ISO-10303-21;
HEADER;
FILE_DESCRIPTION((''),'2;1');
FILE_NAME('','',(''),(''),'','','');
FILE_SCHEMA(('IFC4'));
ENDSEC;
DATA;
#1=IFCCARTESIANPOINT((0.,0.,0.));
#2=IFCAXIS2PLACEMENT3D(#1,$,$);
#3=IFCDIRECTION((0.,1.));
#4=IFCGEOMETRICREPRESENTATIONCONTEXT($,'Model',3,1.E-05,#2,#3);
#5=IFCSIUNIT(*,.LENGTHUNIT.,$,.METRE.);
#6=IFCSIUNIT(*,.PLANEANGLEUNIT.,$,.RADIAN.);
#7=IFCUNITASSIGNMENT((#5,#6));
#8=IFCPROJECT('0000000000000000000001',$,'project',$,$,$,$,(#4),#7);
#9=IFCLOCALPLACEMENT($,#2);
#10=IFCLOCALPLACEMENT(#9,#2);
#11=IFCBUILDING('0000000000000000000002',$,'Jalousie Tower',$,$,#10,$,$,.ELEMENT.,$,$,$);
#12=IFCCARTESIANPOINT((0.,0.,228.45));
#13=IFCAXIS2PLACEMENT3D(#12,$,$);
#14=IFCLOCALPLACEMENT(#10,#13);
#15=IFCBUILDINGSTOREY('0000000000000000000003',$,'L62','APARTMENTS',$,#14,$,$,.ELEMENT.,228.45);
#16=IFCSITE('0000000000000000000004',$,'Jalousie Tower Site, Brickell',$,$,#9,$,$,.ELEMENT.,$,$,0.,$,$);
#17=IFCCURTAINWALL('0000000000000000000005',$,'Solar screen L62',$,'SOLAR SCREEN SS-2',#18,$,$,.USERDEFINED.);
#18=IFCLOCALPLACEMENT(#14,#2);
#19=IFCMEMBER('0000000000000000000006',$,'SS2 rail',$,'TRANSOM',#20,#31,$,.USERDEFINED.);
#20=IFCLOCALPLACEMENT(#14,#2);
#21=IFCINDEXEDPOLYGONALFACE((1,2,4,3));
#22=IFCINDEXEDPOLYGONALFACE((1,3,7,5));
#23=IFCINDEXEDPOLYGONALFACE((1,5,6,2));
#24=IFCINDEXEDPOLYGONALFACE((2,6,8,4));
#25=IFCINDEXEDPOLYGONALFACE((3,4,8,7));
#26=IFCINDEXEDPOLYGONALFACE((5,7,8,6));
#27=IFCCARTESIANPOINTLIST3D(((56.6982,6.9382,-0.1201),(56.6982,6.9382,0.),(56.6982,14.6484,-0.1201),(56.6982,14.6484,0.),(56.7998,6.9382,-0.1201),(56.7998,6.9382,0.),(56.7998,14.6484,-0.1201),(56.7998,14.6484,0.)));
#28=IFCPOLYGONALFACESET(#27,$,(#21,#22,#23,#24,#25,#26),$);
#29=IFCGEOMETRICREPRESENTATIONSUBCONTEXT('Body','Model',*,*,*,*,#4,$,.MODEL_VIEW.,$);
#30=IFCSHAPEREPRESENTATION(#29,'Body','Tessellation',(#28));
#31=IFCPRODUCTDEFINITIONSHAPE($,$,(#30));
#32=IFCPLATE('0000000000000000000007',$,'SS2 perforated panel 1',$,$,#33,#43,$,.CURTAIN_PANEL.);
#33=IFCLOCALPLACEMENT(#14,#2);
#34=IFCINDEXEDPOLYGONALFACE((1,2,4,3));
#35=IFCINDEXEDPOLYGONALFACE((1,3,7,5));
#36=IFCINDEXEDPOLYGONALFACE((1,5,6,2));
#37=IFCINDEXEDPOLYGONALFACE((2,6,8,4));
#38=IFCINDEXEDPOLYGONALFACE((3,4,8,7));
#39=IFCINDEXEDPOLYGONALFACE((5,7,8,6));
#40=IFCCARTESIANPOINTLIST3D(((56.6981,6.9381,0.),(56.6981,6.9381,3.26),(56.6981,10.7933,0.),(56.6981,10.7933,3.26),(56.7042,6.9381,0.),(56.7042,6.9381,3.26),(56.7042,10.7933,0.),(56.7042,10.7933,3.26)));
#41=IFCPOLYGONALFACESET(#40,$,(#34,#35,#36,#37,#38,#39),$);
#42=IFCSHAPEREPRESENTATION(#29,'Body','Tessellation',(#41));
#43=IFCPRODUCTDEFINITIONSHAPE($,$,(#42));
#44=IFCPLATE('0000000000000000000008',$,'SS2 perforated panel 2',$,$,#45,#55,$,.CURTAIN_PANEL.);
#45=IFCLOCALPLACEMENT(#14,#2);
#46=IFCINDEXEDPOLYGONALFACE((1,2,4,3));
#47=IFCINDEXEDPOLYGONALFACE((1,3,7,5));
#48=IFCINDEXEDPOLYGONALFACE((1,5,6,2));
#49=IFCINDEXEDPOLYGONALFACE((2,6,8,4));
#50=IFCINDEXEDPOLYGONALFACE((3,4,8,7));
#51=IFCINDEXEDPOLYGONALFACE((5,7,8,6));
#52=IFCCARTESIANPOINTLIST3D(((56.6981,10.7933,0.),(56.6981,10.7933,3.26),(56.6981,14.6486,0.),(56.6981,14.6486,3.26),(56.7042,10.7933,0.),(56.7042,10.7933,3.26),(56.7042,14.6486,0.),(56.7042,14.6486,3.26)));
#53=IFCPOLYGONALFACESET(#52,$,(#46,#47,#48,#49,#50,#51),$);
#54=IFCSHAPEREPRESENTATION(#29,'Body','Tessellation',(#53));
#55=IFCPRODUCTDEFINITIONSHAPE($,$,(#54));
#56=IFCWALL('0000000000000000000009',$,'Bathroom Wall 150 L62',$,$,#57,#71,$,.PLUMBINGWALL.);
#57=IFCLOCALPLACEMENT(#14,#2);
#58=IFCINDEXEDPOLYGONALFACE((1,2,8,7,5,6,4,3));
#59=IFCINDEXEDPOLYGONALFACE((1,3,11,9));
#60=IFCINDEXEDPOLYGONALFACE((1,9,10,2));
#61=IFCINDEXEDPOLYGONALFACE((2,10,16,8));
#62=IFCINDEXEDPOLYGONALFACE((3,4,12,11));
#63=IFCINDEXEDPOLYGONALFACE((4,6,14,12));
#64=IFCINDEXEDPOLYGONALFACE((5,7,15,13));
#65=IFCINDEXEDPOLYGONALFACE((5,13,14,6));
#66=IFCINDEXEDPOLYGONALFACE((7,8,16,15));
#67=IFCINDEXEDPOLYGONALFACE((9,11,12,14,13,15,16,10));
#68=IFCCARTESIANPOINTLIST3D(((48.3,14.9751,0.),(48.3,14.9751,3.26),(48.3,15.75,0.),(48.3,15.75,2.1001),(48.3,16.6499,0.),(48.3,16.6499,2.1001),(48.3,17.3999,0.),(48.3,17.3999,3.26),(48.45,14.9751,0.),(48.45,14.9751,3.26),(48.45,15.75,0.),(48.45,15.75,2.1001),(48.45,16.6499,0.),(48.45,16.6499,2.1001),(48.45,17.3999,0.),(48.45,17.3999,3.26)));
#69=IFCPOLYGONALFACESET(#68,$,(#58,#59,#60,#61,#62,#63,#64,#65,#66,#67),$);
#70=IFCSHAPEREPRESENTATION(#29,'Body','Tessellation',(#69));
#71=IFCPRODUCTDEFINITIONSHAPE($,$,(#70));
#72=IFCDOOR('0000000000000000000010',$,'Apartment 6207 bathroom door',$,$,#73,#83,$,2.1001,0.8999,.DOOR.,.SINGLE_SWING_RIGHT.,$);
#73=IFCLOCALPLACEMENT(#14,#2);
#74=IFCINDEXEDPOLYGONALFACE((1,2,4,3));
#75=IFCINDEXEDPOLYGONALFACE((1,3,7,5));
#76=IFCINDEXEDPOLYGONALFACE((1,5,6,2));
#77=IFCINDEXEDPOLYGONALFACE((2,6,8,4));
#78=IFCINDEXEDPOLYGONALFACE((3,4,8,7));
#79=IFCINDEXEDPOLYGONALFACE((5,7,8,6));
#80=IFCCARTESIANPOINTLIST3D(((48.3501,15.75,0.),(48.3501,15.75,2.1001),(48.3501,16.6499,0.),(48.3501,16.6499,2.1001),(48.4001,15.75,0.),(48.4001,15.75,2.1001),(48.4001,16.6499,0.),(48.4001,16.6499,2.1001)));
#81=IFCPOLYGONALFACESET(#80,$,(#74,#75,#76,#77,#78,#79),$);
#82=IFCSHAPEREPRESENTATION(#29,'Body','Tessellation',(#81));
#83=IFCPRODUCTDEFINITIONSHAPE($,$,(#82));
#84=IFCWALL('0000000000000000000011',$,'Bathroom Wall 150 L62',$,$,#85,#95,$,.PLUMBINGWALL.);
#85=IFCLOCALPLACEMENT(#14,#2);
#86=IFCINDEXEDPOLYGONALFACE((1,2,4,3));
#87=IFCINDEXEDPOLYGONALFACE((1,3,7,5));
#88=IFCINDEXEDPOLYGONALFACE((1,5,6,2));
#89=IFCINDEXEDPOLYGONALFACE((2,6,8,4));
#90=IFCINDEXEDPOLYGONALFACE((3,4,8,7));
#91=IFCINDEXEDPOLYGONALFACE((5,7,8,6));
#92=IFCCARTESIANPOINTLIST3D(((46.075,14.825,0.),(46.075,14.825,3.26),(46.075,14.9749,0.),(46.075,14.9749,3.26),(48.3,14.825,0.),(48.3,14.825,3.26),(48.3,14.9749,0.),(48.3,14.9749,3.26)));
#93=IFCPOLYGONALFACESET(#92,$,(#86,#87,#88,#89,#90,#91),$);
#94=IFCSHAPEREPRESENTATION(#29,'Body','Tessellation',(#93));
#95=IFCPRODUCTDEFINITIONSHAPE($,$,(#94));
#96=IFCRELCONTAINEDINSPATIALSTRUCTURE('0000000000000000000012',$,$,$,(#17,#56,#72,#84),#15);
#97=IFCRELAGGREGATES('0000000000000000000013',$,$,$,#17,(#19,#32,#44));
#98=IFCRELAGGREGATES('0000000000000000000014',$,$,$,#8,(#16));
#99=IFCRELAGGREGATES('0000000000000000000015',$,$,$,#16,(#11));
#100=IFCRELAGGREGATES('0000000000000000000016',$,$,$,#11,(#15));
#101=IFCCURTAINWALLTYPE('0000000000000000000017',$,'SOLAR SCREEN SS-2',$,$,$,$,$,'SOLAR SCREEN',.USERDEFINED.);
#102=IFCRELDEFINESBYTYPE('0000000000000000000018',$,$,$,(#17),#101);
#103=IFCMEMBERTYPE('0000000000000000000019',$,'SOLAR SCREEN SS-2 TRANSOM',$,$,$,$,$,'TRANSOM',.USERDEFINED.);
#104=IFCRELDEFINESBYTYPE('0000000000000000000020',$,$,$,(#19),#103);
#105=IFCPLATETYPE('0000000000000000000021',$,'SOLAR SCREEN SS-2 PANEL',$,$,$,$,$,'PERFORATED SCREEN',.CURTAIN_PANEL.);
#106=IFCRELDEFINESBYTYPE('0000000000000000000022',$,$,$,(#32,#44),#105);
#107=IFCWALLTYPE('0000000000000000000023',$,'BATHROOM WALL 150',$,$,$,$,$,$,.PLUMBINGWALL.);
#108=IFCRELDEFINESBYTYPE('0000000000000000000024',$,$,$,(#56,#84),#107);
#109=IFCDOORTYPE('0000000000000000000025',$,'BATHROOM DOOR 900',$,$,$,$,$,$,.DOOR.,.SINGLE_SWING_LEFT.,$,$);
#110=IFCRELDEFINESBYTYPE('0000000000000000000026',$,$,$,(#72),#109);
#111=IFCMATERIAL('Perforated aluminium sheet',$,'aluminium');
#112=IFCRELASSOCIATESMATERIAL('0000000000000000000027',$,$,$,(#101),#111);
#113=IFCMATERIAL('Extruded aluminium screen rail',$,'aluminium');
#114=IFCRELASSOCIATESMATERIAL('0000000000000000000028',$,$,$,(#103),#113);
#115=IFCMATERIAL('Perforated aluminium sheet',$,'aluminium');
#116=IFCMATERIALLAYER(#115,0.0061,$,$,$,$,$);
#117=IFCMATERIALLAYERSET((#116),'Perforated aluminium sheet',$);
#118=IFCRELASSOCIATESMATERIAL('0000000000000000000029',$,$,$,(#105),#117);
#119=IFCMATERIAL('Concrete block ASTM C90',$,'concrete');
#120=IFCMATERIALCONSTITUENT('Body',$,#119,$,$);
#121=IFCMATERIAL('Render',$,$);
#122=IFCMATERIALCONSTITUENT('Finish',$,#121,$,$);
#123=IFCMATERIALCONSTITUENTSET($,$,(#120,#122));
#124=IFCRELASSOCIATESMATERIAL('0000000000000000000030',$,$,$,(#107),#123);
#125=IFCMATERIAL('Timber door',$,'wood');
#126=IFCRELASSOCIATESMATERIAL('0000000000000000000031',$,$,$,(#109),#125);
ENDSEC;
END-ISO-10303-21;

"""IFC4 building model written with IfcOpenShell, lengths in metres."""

from ifc_helpers import new_model, si_unit, direction, frame, frame_2d, origin, origin_2d, place, context, subcontext, project, spatial, rectangle, extrude, material, layer, layer_set, constituent, constituent_set, material_profile, profile_set, type_object, element, fill, aggregate, save


model = new_model("IFC4")

# Units and contexts
model_context = context("Model", 3, precision=1e-05, world=origin(), true_north=direction((0.0, 1.0)))
body_context = subcontext(model_context, "Body", "Model", "MODEL_VIEW")
ifc_project = project(units=[si_unit("LENGTHUNIT", "METRE"), si_unit("PLANEANGLEUNIT", "RADIAN")], contexts=[model_context])

# Site, building, storey
site_placement = place(None, origin())
site = spatial("IfcSite", under=ifc_project, at=site_placement, Name="Jalousie Tower Site, Brickell", CompositionType="ELEMENT", RefElevation=0.0)
building_placement = place(site_placement, origin())
building = spatial("IfcBuilding", under=site, at=building_placement, Name="Jalousie Tower", CompositionType="ELEMENT")
storey_placement = place(building_placement, frame((0.0, 0.0, 228.45)))
storey = spatial("IfcBuildingStorey", under=building, at=storey_placement, Name="L62", Description="APARTMENTS", CompositionType="ELEMENT", Elevation=228.45)

# Curtain wall, member, plates
ifc_material_1 = material(Name="Perforated aluminium sheet", Category="aluminium")
curtain_wall_type_1 = type_object("IfcCurtainWallType", Name="SOLAR SCREEN SS-2", ElementType="SOLAR SCREEN", PredefinedType="USERDEFINED", material=ifc_material_1)
curtain_wall_1_placement = place(storey_placement, origin())
curtain_wall_1 = element("IfcCurtainWall", 1, at=curtain_wall_1_placement, inside=storey, type_object=curtain_wall_type_1, Name="Solar screen L62", ObjectType="SOLAR SCREEN SS-2", PredefinedType="USERDEFINED")
ifc_material_2 = material(Name="Extruded aluminium screen rail", Category="aluminium")
ifc_material_profile_1 = material_profile(ifc_material_2, rectangle(XDim=0.1016, YDim=0.1201, at=origin_2d()), Name="RAIL 102x120")
ifc_profile_set_1 = profile_set([ifc_material_profile_1], Name="Extruded aluminium screen rail")
member_type_1 = type_object("IfcMemberType", Name="SOLAR SCREEN SS-2 TRANSOM", ElementType="TRANSOM", PredefinedType="USERDEFINED", material=ifc_profile_set_1)
member_1_placement = place(storey_placement, frame((56.749, 6.9382, -0.0601), z_axis=(0.0, 1.0, 0.0), x_axis=(-1.0, 0.0, 0.0)))
member_1 = element("IfcMember", 2, at=member_1_placement, type_object=member_type_1, Name="SS2 rail", ObjectType="TRANSOM", PredefinedType="USERDEFINED", context=body_context, shape_type="SweptSolid", body=[
    extrude(rectangle(XDim=0.1016, YDim=0.1201, at=origin_2d()), origin(), (0.0, 0.0, 1.0), 7.7102),
])
ifc_material_3 = material(Name="Perforated aluminium sheet", Category="aluminium")
ifc_layer_1 = layer(ifc_material_3, 0.0061)
ifc_layer_set_1 = layer_set([ifc_layer_1], Name="Perforated aluminium sheet")
plate_type = type_object("IfcPlateType", Name="SOLAR SCREEN SS-2 PANEL", ElementType="PERFORATED SCREEN", PredefinedType="CURTAIN_PANEL", material=ifc_layer_set_1)
plate_1_placement = place(storey_placement, frame((56.7012, 8.8657, 0.0), z_axis=(0.0, 0.0, 1.0), x_axis=(0.0, 1.0, 0.0)))
plate_1 = element("IfcPlate", 3, at=plate_1_placement, type_object=plate_type, Name="SS2 perforated panel 1", PredefinedType="CURTAIN_PANEL", context=body_context, shape_type="SweptSolid", body=[
    extrude(rectangle(XDim=3.8552, YDim=0.0061, at=origin_2d()), origin(), (0.0, 0.0, 1.0), 3.26),
])
plate_2_placement = place(storey_placement, frame((56.7012, 12.7209, 0.0), z_axis=(0.0, 0.0, 1.0), x_axis=(0.0, 1.0, 0.0)))
plate_2 = element("IfcPlate", 4, at=plate_2_placement, type_object=plate_type, Name="SS2 perforated panel 2", PredefinedType="CURTAIN_PANEL", context=body_context, shape_type="SweptSolid", body=[
    extrude(rectangle(XDim=3.8552, YDim=0.0061, at=origin_2d()), origin(), (0.0, 0.0, 1.0), 3.26),
])
aggregate(curtain_wall_1, [member_1, plate_1, plate_2])

# Wall, opening, door
ifc_material_4 = material(Name="Concrete block ASTM C90", Category="concrete")
ifc_constituent_1 = constituent(ifc_material_4, Name="Body")
ifc_material_5 = material(Name="Render")
ifc_constituent_2 = constituent(ifc_material_5, Name="Finish")
ifc_constituent_set_1 = constituent_set(constituents=[ifc_constituent_1, ifc_constituent_2])
wall_type_1 = type_object("IfcWallType", Name="BATHROOM WALL 150", PredefinedType="PLUMBINGWALL", material=ifc_constituent_set_1)
wall_1_placement = place(storey_placement, frame((48.375, 14.9751, 0.0), z_axis=(0.0, 0.0, 1.0), x_axis=(0.0, 1.0, 0.0)))
wall_1 = element("IfcWall", 5, at=wall_1_placement, inside=storey, type_object=wall_type_1, Name="Bathroom Wall 150 L62", PredefinedType="PLUMBINGWALL", context=body_context, shape_type="SweptSolid", body=[
    extrude(rectangle(XDim=2.4248, YDim=0.1499, at=frame_2d((1.2124, 0.0))), origin(), (0.0, 0.0, 1.0), 3.26),
])
opening_1_placement = place(wall_1_placement, frame((0.7749, 0.0, 0.0)))
opening_1 = element("IfcOpeningElement", 6, at=opening_1_placement, cuts=wall_1, PredefinedType="OPENING", context=body_context, shape_type="SweptSolid", body=[
    extrude(rectangle(XDim=0.8999, YDim=2.1001, at=frame_2d((0.45, 1.05))), frame((0.0, 0.085, 0.0), z_axis=(0.0, -1.0, 0.0), x_axis=(1.0, 0.0, 0.0)), (0.0, 0.0, 1.0), 0.1699),
])
ifc_material_6 = material(Name="Timber door", Category="wood")
door_type_1 = type_object("IfcDoorType", Name="BATHROOM DOOR 900", OperationType="SINGLE_SWING_LEFT", PredefinedType="DOOR", material=ifc_material_6)
door_1_placement = place(opening_1_placement, origin())
door_1 = element("IfcDoor", 7, at=door_1_placement, inside=storey, type_object=door_type_1, Name="Apartment 6207 bathroom door", OperationType="SINGLE_SWING_RIGHT", OverallHeight=2.1001, OverallWidth=0.8999, PredefinedType="DOOR", context=body_context, shape_type="SweptSolid", body=[
    extrude(rectangle(XDim=0.8999, YDim=2.1001, at=frame_2d((0.45, 1.05))), frame((0.0, 0.0249, 0.0), z_axis=(0.0, -1.0, 0.0), x_axis=(1.0, 0.0, 0.0)), (0.0, 0.0, 1.0), 0.05),
])
fill(opening_1, door_1)

# Wall
wall_2_placement = place(storey_placement, frame((48.3, 14.8999, 0.0), z_axis=(0.0, 0.0, 1.0), x_axis=(-1.0, 0.0, 0.0)))
element("IfcWall", 8, at=wall_2_placement, inside=storey, type_object=wall_type_1, Name="Bathroom Wall 150 L62", PredefinedType="PLUMBINGWALL", context=body_context, shape_type="SweptSolid", body=[
    extrude(rectangle(XDim=2.2251, YDim=0.1499, at=frame_2d((1.1125, 0.0))), origin(), (0.0, 0.0, 1.0), 3.26),
])

save(model, "model.ifc")
